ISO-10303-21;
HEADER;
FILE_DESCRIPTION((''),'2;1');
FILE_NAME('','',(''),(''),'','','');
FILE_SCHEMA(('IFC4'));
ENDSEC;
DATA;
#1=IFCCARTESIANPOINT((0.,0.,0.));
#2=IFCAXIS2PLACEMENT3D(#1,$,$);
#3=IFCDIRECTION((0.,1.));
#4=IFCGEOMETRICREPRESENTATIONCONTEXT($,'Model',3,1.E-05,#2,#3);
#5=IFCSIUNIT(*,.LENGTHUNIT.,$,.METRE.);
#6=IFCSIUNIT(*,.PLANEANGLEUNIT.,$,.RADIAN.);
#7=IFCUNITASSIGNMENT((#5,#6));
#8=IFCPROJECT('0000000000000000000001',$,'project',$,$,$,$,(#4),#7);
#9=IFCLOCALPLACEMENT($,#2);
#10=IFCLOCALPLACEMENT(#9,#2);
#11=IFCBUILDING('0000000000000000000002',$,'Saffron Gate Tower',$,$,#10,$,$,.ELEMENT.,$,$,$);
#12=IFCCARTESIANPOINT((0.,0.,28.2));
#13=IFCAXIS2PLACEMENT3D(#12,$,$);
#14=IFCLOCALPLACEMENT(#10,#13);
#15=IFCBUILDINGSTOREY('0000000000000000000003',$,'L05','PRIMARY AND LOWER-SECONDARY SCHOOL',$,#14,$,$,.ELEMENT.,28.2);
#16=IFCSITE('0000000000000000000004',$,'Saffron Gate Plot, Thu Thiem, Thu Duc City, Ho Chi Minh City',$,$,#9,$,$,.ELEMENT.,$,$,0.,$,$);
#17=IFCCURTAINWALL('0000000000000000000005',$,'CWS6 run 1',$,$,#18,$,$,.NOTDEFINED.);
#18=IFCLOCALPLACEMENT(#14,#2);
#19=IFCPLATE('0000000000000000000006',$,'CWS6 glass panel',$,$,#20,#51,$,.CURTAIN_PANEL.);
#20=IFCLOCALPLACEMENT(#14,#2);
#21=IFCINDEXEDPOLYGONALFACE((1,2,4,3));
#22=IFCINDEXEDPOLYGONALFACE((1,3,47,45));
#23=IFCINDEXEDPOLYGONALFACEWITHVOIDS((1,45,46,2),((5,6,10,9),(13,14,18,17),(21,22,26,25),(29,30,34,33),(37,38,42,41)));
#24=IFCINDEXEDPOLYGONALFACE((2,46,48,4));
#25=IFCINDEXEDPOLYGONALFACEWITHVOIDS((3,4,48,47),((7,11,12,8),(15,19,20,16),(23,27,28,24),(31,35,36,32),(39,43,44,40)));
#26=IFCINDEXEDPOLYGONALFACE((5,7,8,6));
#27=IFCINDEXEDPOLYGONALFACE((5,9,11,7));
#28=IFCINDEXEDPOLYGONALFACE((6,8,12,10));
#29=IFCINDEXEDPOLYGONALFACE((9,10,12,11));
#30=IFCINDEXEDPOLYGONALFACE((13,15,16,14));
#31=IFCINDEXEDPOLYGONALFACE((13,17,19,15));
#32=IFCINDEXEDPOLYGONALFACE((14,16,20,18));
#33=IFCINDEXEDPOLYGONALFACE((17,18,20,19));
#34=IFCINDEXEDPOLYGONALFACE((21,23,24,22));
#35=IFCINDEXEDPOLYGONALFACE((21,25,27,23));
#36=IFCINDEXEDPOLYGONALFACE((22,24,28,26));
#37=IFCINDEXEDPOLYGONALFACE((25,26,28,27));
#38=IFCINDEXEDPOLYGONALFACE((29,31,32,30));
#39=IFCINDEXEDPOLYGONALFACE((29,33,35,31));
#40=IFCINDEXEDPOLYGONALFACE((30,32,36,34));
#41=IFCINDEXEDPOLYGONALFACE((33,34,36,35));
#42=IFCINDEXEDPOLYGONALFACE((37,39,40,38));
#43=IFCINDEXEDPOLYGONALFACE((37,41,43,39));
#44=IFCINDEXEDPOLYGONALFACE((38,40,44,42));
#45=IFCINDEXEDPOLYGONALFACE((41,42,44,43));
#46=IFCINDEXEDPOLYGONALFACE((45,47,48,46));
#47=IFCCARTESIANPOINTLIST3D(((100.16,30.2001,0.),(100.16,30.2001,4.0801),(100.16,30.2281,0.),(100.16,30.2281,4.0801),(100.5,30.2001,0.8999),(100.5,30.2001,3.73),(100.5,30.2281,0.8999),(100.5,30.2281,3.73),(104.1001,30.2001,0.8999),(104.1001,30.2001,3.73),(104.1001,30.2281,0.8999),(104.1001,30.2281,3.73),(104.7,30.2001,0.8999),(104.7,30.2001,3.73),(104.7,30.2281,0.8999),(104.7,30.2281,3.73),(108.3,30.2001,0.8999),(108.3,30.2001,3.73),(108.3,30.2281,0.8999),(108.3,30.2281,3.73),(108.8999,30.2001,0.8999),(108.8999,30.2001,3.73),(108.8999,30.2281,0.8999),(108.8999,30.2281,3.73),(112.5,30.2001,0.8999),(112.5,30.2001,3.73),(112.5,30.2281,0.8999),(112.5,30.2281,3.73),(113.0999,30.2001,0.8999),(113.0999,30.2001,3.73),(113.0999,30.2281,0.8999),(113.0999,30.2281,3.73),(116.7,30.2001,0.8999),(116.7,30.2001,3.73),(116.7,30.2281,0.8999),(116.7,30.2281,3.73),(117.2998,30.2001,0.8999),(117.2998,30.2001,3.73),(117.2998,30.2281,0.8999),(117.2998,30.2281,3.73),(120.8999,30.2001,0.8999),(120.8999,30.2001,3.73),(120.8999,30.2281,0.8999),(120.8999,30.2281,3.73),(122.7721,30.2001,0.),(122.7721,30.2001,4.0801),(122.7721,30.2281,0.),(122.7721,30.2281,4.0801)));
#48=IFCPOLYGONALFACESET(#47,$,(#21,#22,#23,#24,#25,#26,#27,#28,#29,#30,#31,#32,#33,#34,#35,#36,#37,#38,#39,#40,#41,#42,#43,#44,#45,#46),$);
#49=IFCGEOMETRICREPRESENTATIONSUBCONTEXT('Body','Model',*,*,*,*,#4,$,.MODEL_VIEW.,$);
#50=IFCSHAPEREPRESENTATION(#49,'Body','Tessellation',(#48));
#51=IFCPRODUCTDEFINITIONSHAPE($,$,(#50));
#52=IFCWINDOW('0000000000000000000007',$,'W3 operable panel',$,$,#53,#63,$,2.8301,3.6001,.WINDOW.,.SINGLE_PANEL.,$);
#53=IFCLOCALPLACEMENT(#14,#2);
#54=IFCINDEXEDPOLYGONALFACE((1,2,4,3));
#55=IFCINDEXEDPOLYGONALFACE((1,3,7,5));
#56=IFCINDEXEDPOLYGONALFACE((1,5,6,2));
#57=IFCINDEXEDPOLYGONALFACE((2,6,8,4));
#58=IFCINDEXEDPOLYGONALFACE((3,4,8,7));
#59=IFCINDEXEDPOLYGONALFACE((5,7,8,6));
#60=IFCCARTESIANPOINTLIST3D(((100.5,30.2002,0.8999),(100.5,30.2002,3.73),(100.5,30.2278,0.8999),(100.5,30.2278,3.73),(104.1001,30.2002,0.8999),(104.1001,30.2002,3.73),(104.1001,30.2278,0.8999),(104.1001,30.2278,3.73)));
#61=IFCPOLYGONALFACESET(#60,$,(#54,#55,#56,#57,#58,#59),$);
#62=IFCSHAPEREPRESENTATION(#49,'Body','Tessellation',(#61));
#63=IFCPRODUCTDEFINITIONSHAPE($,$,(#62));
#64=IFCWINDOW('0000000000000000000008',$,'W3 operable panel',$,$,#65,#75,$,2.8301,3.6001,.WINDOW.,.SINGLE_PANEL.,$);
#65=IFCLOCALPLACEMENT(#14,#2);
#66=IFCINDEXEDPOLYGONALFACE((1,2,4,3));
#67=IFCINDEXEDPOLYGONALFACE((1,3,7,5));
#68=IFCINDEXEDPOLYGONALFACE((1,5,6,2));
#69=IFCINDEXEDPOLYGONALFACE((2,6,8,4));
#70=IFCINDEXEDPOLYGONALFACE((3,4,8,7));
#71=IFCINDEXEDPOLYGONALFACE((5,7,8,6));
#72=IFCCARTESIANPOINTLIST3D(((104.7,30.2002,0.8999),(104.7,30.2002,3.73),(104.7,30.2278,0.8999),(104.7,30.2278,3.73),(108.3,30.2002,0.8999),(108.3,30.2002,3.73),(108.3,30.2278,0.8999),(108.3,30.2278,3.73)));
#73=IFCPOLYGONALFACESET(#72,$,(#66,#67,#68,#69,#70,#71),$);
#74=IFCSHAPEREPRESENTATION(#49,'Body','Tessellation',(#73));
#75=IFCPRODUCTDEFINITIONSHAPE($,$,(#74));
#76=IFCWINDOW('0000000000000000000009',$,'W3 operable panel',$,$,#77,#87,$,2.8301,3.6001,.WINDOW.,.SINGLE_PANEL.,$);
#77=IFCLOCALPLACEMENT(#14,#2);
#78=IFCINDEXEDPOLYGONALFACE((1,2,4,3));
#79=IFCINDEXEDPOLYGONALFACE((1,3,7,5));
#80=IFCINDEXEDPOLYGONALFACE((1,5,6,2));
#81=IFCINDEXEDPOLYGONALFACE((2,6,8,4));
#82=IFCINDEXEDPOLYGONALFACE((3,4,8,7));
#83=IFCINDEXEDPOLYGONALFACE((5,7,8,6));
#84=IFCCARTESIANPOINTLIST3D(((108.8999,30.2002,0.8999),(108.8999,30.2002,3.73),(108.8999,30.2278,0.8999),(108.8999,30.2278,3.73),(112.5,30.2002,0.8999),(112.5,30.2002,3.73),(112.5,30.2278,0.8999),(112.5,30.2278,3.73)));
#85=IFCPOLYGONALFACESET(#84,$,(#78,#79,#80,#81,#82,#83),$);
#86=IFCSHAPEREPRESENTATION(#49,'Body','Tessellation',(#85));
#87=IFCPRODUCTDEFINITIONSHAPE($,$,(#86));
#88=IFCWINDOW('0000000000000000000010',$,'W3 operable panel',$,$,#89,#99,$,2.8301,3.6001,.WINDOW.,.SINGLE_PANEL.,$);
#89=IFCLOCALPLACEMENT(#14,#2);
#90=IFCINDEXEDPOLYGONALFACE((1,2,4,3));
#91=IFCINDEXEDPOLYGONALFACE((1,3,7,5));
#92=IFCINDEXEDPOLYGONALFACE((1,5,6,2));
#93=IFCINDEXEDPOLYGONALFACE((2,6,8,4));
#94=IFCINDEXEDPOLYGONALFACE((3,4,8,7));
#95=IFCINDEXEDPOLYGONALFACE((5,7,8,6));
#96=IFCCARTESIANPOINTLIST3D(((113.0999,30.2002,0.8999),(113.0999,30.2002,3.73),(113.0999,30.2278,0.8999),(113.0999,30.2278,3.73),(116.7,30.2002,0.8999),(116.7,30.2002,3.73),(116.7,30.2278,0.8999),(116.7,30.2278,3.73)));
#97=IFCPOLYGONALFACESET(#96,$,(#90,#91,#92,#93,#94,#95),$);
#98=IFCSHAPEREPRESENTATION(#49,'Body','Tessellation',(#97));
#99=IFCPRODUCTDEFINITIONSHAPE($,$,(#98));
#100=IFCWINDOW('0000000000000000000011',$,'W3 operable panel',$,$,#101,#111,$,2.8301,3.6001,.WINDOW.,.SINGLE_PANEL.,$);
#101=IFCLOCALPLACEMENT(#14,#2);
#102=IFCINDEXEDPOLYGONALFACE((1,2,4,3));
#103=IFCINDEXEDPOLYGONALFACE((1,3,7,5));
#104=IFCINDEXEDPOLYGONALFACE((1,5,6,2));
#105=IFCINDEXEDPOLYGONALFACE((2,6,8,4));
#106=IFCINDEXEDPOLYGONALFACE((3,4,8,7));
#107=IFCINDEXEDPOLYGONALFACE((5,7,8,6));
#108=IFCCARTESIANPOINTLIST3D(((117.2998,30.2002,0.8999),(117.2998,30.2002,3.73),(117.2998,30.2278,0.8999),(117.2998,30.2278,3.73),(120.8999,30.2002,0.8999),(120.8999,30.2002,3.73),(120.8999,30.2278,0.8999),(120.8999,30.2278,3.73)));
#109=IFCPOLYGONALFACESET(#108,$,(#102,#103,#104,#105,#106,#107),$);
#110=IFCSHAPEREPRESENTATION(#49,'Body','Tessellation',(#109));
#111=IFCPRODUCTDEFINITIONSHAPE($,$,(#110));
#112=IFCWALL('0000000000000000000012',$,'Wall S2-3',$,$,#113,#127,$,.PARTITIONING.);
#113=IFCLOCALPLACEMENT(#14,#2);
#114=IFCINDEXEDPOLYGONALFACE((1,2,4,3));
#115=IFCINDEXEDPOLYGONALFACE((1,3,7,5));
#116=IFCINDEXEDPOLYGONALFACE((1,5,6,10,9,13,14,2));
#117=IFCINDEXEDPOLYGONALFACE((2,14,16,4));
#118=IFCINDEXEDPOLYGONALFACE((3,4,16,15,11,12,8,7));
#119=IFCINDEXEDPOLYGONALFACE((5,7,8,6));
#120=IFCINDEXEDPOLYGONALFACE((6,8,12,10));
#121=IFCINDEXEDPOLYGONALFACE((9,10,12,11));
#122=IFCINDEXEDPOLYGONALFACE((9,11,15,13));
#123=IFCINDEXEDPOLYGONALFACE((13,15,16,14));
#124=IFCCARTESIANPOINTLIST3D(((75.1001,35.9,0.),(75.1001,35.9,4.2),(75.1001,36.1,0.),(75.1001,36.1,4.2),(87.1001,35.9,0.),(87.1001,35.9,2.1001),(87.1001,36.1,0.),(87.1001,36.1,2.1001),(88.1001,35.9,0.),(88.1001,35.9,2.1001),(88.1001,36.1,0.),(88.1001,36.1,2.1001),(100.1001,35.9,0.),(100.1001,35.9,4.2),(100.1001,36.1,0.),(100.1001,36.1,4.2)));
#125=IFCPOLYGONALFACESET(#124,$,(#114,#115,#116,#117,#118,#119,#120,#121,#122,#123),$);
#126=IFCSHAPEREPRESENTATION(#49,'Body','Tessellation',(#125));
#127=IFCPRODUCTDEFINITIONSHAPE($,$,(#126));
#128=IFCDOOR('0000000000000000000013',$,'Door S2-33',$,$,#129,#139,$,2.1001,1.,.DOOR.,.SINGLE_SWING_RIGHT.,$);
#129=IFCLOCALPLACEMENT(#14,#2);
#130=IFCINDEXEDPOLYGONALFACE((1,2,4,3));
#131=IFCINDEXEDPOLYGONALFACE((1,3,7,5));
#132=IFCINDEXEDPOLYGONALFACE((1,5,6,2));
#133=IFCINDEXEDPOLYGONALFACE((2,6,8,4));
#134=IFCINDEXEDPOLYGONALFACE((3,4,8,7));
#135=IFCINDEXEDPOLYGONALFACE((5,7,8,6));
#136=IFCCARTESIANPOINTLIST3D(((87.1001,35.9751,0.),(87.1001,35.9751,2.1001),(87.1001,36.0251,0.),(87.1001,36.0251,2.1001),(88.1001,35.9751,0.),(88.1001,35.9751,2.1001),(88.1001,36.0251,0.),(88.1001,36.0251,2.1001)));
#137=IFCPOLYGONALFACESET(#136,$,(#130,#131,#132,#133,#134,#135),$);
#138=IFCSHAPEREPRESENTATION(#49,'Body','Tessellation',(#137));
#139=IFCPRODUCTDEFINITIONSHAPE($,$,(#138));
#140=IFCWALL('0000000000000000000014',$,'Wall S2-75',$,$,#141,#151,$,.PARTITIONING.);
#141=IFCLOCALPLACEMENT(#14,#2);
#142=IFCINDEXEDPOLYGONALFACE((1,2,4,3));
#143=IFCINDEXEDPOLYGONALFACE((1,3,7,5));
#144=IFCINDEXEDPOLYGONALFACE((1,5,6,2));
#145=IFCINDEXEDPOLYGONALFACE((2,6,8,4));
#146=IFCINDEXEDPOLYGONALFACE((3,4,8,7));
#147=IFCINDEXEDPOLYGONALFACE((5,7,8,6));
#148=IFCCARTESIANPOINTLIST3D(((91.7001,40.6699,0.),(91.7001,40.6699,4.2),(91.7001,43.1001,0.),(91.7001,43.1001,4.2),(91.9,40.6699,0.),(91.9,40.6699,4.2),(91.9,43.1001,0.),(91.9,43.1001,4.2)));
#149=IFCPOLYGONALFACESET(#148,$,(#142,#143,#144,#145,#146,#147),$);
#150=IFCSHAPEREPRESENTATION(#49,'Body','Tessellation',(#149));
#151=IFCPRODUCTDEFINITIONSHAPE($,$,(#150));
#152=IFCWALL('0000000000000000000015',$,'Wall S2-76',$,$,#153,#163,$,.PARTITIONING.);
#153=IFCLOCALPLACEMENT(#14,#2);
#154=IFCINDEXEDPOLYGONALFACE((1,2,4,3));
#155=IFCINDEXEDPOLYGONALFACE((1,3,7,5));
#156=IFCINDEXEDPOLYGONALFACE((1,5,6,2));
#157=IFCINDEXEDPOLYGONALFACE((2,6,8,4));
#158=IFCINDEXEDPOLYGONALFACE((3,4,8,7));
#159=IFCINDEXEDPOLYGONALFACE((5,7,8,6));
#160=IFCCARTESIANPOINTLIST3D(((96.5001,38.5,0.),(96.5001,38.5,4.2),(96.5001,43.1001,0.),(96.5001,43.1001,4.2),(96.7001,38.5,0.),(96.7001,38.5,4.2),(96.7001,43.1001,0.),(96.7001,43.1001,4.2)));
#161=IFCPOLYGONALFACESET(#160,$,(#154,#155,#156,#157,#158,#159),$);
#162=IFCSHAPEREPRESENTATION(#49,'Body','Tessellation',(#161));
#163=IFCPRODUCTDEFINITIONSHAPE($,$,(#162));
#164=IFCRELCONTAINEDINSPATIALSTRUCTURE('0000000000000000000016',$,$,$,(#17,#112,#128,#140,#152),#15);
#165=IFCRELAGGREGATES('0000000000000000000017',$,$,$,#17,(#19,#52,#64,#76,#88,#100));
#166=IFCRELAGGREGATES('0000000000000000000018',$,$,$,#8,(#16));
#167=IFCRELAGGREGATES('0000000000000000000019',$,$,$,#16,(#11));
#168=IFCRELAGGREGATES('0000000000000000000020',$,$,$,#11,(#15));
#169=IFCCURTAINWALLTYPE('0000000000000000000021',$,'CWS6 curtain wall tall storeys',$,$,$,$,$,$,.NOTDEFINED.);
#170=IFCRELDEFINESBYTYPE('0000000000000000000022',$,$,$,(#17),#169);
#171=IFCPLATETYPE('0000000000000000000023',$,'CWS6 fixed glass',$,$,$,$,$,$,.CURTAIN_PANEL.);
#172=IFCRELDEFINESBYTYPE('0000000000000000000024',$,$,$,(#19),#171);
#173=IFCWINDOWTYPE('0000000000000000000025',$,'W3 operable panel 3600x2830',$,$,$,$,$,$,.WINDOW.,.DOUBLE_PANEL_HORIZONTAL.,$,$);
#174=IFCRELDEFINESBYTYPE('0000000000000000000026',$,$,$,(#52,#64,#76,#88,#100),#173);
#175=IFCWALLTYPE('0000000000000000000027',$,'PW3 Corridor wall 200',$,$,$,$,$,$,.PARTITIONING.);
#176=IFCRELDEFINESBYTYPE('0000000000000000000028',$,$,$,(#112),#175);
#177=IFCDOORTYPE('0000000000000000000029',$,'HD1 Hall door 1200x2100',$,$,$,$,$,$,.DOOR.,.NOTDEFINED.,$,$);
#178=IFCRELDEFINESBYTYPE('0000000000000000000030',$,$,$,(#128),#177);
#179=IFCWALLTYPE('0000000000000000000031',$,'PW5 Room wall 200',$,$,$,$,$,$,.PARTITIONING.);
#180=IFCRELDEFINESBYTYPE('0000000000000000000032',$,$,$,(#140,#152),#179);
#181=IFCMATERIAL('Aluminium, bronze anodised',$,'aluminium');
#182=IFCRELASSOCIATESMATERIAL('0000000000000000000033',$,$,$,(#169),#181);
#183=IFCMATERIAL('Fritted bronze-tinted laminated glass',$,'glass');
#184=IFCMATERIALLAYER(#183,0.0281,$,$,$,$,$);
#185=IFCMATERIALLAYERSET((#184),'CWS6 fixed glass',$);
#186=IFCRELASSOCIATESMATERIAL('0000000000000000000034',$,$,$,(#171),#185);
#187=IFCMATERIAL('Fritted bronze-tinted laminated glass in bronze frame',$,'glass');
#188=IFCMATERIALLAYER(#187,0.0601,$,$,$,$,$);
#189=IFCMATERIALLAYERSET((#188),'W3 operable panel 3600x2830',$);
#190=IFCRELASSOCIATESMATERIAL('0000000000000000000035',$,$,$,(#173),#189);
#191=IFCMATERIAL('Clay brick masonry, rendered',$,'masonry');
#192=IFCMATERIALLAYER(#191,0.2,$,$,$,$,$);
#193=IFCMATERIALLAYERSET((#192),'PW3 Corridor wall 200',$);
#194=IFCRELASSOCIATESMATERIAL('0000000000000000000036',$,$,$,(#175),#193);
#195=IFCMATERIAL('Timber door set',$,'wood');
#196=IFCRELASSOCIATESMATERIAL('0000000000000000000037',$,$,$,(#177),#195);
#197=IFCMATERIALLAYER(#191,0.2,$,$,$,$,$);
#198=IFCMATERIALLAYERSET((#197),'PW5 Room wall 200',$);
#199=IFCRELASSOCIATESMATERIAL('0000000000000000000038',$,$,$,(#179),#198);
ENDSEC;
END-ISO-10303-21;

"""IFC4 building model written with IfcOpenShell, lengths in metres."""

from ifc_helpers import new_model, si_unit, direction, frame, frame_2d, origin, place, context, subcontext, project, spatial, rectangle, extrude, material, layer, layer_set, type_object, element, fill, aggregate, save


model = new_model("IFC4")

# Units and contexts
model_context = context("Model", 3, precision=1e-05, world=origin(), true_north=direction((0.0, 1.0)))
body_context = subcontext(model_context, "Body", "Model", "MODEL_VIEW")
ifc_project = project(units=[si_unit("LENGTHUNIT", "METRE"), si_unit("PLANEANGLEUNIT", "RADIAN")], contexts=[model_context])

# Site, building, storey
site_placement = place(None, origin())
site = spatial("IfcSite", under=ifc_project, at=site_placement, Name="Saffron Gate Plot, Thu Thiem, Thu Duc City, Ho Chi Minh City", CompositionType="ELEMENT", RefElevation=0.0)
building_placement = place(site_placement, origin())
building = spatial("IfcBuilding", under=site, at=building_placement, Name="Saffron Gate Tower", CompositionType="ELEMENT")
storey_placement = place(building_placement, frame((0.0, 0.0, 28.2)))
storey = spatial("IfcBuildingStorey", under=building, at=storey_placement, Name="L05", Description="PRIMARY AND LOWER-SECONDARY SCHOOL", CompositionType="ELEMENT", Elevation=28.2)

# Curtain wall, plate, openings, windows
ifc_material_1 = material(Name="Aluminium, bronze anodised", Category="aluminium")
curtain_wall_type = type_object("IfcCurtainWallType", Name="CWS6 curtain wall tall storeys", PredefinedType="NOTDEFINED", material=ifc_material_1)
curtain_wall_placement = place(storey_placement, origin())
curtain_wall = element("IfcCurtainWall", 1, at=curtain_wall_placement, inside=storey, type_object=curtain_wall_type, Name="CWS6 run 1", PredefinedType="NOTDEFINED")
ifc_material_2 = material(Name="Fritted bronze-tinted laminated glass", Category="glass")
ifc_layer_1 = layer(ifc_material_2, 0.0281)
ifc_layer_set_1 = layer_set([ifc_layer_1], Name="CWS6 fixed glass")
plate_type = type_object("IfcPlateType", Name="CWS6 fixed glass", PredefinedType="CURTAIN_PANEL", material=ifc_layer_set_1)
plate_placement = place(storey_placement, frame((100.1599, 30.2141, 0.0), z_axis=(0.0, 0.0, 1.0), x_axis=(1.0, 0.0, 0.0)))
plate = element("IfcPlate", 2, at=plate_placement, type_object=plate_type, Name="CWS6 glass panel", PredefinedType="CURTAIN_PANEL", context=body_context, shape_type="SweptSolid", body=[
    extrude(rectangle(XDim=22.6121, YDim=0.0281, at=frame_2d((11.3062, 0.0))), origin(), (0.0, 0.0, 1.0), 4.0801),
])
opening_1_placement = place(plate_placement, frame((0.3401, 0.0, 0.8999)))
opening_1 = element("IfcOpeningElement", 3, at=opening_1_placement, cuts=plate, PredefinedType="OPENING", context=body_context, shape_type="SweptSolid", body=[
    extrude(rectangle(XDim=3.6001, YDim=2.8301, at=frame_2d((1.8, 1.415))), frame((0.0, 0.0239, 0.0), z_axis=(0.0, -1.0, 0.0), x_axis=(1.0, 0.0, 0.0)), (0.0, 0.0, 1.0), 0.0481),
])
opening_2_placement = place(plate_placement, frame((4.54, 0.0, 0.8999)))
opening_2 = element("IfcOpeningElement", 4, at=opening_2_placement, cuts=plate, PredefinedType="OPENING", context=body_context, shape_type="SweptSolid", body=[
    extrude(rectangle(XDim=3.6001, YDim=2.8301, at=frame_2d((1.8, 1.415))), frame((0.0, 0.0239, 0.0), z_axis=(0.0, -1.0, 0.0), x_axis=(1.0, 0.0, 0.0)), (0.0, 0.0, 1.0), 0.0481),
])
opening_3_placement = place(plate_placement, frame((8.74, 0.0, 0.8999)))
opening_3 = element("IfcOpeningElement", 5, at=opening_3_placement, cuts=plate, PredefinedType="OPENING", context=body_context, shape_type="SweptSolid", body=[
    extrude(rectangle(XDim=3.6001, YDim=2.8301, at=frame_2d((1.8, 1.415))), frame((0.0, 0.0239, 0.0), z_axis=(0.0, -1.0, 0.0), x_axis=(1.0, 0.0, 0.0)), (0.0, 0.0, 1.0), 0.0481),
])
opening_4_placement = place(plate_placement, frame((12.9399, 0.0, 0.8999)))
opening_4 = element("IfcOpeningElement", 6, at=opening_4_placement, cuts=plate, PredefinedType="OPENING", context=body_context, shape_type="SweptSolid", body=[
    extrude(rectangle(XDim=3.6001, YDim=2.8301, at=frame_2d((1.8, 1.415))), frame((0.0, 0.0239, 0.0), z_axis=(0.0, -1.0, 0.0), x_axis=(1.0, 0.0, 0.0)), (0.0, 0.0, 1.0), 0.0481),
])
opening_5_placement = place(plate_placement, frame((17.1399, 0.0, 0.8999)))
opening_5 = element("IfcOpeningElement", 7, at=opening_5_placement, cuts=plate, PredefinedType="OPENING", context=body_context, shape_type="SweptSolid", body=[
    extrude(rectangle(XDim=3.6001, YDim=2.8301, at=frame_2d((1.8, 1.415))), frame((0.0, 0.0239, 0.0), z_axis=(0.0, -1.0, 0.0), x_axis=(1.0, 0.0, 0.0)), (0.0, 0.0, 1.0), 0.0481),
])
ifc_material_3 = material(Name="Fritted bronze-tinted laminated glass in bronze frame", Category="glass")
ifc_layer_2 = layer(ifc_material_3, 0.0601)
ifc_layer_set_2 = layer_set([ifc_layer_2], Name="W3 operable panel 3600x2830")
window_type = type_object("IfcWindowType", Name="W3 operable panel 3600x2830", PartitioningType="DOUBLE_PANEL_HORIZONTAL", PredefinedType="WINDOW", material=ifc_layer_set_2)
window_1_placement = place(opening_1_placement, origin())
window_1 = element("IfcWindow", 8, at=window_1_placement, type_object=window_type, Name="W3 operable panel", OverallHeight=2.8301, OverallWidth=3.6001, PartitioningType="SINGLE_PANEL", PredefinedType="WINDOW", context=body_context, shape_type="SweptSolid", body=[
    extrude(rectangle(XDim=3.6001, YDim=2.8301, at=frame_2d((1.8, 1.415))), frame((0.0, 0.0137, 0.0), z_axis=(0.0, -1.0, 0.0), x_axis=(1.0, 0.0, 0.0)), (0.0, 0.0, 1.0), 0.0276),
])
fill(opening_1, window_1)
window_2_placement = place(opening_2_placement, origin())
window_2 = element("IfcWindow", 9, at=window_2_placement, type_object=window_type, Name="W3 operable panel", OverallHeight=2.8301, OverallWidth=3.6001, PartitioningType="SINGLE_PANEL", PredefinedType="WINDOW", context=body_context, shape_type="SweptSolid", body=[
    extrude(rectangle(XDim=3.6001, YDim=2.8301, at=frame_2d((1.8, 1.415))), frame((0.0, 0.0137, 0.0), z_axis=(0.0, -1.0, 0.0), x_axis=(1.0, 0.0, 0.0)), (0.0, 0.0, 1.0), 0.0276),
])
fill(opening_2, window_2)
window_3_placement = place(opening_3_placement, origin())
window_3 = element("IfcWindow", 10, at=window_3_placement, type_object=window_type, Name="W3 operable panel", OverallHeight=2.8301, OverallWidth=3.6001, PartitioningType="SINGLE_PANEL", PredefinedType="WINDOW", context=body_context, shape_type="SweptSolid", body=[
    extrude(rectangle(XDim=3.6001, YDim=2.8301, at=frame_2d((1.8, 1.415))), frame((0.0, 0.0137, 0.0), z_axis=(0.0, -1.0, 0.0), x_axis=(1.0, 0.0, 0.0)), (0.0, 0.0, 1.0), 0.0276),
])
fill(opening_3, window_3)
window_4_placement = place(opening_4_placement, origin())
window_4 = element("IfcWindow", 11, at=window_4_placement, type_object=window_type, Name="W3 operable panel", OverallHeight=2.8301, OverallWidth=3.6001, PartitioningType="SINGLE_PANEL", PredefinedType="WINDOW", context=body_context, shape_type="SweptSolid", body=[
    extrude(rectangle(XDim=3.6001, YDim=2.8301, at=frame_2d((1.8, 1.415))), frame((0.0, 0.0137, 0.0), z_axis=(0.0, -1.0, 0.0), x_axis=(1.0, 0.0, 0.0)), (0.0, 0.0, 1.0), 0.0276),
])
fill(opening_4, window_4)
window_5_placement = place(opening_5_placement, origin())
window_5 = element("IfcWindow", 12, at=window_5_placement, type_object=window_type, Name="W3 operable panel", OverallHeight=2.8301, OverallWidth=3.6001, PartitioningType="SINGLE_PANEL", PredefinedType="WINDOW", context=body_context, shape_type="SweptSolid", body=[
    extrude(rectangle(XDim=3.6001, YDim=2.8301, at=frame_2d((1.8, 1.415))), frame((0.0, 0.0137, 0.0), z_axis=(0.0, -1.0, 0.0), x_axis=(1.0, 0.0, 0.0)), (0.0, 0.0, 1.0), 0.0276),
])
fill(opening_5, window_5)
aggregate(curtain_wall, [plate, window_1, window_2, window_3, window_4, window_5])

# Wall, opening, door
ifc_material_4 = material(Name="Clay brick masonry, rendered", Category="masonry")
ifc_layer_3 = layer(ifc_material_4, 0.2)
ifc_layer_set_3 = layer_set([ifc_layer_3], Name="PW3 Corridor wall 200")
wall_type_1 = type_object("IfcWallType", Name="PW3 Corridor wall 200", PredefinedType="PARTITIONING", material=ifc_layer_set_3)
wall_1_placement = place(storey_placement, frame((100.1001, 36.0, 0.0), z_axis=(0.0, 0.0, 1.0), x_axis=(-1.0, 0.0, 0.0)))
wall_1 = element("IfcWall", 13, at=wall_1_placement, inside=storey, type_object=wall_type_1, Name="Wall S2-3", PredefinedType="PARTITIONING", context=body_context, shape_type="SweptSolid", body=[
    extrude(rectangle(XDim=25.0, YDim=0.2, at=frame_2d((12.5, 0.0))), origin(), (0.0, 0.0, 1.0), 4.2),
])
opening_6_placement = place(wall_1_placement, frame((12.0, 0.0, 0.0)))
opening_6 = element("IfcOpeningElement", 14, at=opening_6_placement, cuts=wall_1, PredefinedType="OPENING", context=body_context, shape_type="SweptSolid", body=[
    extrude(rectangle(XDim=1.0, YDim=2.1001, at=frame_2d((0.5, 1.05))), frame((0.0, 0.1099, 0.0), z_axis=(0.0, -1.0, 0.0), x_axis=(1.0, 0.0, 0.0)), (0.0, 0.0, 1.0), 0.22),
])
ifc_material_5 = material(Name="Timber door set", Category="wood")
door_type = type_object("IfcDoorType", Name="HD1 Hall door 1200x2100", OperationType="NOTDEFINED", PredefinedType="DOOR", material=ifc_material_5)
door_placement = place(opening_6_placement, origin())
door = element("IfcDoor", 15, at=door_placement, inside=storey, type_object=door_type, Name="Door S2-33", OperationType="SINGLE_SWING_RIGHT", OverallHeight=2.1001, OverallWidth=1.0, PredefinedType="DOOR", context=body_context, shape_type="SweptSolid", body=[
    extrude(rectangle(XDim=1.0, YDim=2.1001, at=frame_2d((0.5, 1.05))), frame((0.0, 0.0249, 0.0), z_axis=(0.0, -1.0, 0.0), x_axis=(1.0, 0.0, 0.0)), (0.0, 0.0, 1.0), 0.05),
])
fill(opening_6, door)

# Walls
ifc_layer_4 = layer(ifc_material_4, 0.2)
ifc_layer_set_4 = layer_set([ifc_layer_4], Name="PW5 Room wall 200")
wall_type_2 = type_object("IfcWallType", Name="PW5 Room wall 200", PredefinedType="PARTITIONING", material=ifc_layer_set_4)
wall_2_placement = place(storey_placement, frame((91.8, 43.1001, 0.0), z_axis=(0.0, 0.0, 1.0), x_axis=(0.0, -1.0, 0.0)))
element("IfcWall", 16, at=wall_2_placement, inside=storey, type_object=wall_type_2, Name="Wall S2-75", PredefinedType="PARTITIONING", context=body_context, shape_type="SweptSolid", body=[
    extrude(rectangle(XDim=2.4302, YDim=0.2, at=frame_2d((1.2151, 0.0))), origin(), (0.0, 0.0, 1.0), 4.2),
])
wall_3_placement = place(storey_placement, frame((96.6001, 43.1001, 0.0), z_axis=(0.0, 0.0, 1.0), x_axis=(0.0, -1.0, 0.0)))
element("IfcWall", 17, at=wall_3_placement, inside=storey, type_object=wall_type_2, Name="Wall S2-76", PredefinedType="PARTITIONING", context=body_context, shape_type="SweptSolid", body=[
    extrude(rectangle(XDim=4.6001, YDim=0.2, at=frame_2d((2.3, 0.0))), origin(), (0.0, 0.0, 1.0), 4.2),
])

save(model, "model.ifc")
